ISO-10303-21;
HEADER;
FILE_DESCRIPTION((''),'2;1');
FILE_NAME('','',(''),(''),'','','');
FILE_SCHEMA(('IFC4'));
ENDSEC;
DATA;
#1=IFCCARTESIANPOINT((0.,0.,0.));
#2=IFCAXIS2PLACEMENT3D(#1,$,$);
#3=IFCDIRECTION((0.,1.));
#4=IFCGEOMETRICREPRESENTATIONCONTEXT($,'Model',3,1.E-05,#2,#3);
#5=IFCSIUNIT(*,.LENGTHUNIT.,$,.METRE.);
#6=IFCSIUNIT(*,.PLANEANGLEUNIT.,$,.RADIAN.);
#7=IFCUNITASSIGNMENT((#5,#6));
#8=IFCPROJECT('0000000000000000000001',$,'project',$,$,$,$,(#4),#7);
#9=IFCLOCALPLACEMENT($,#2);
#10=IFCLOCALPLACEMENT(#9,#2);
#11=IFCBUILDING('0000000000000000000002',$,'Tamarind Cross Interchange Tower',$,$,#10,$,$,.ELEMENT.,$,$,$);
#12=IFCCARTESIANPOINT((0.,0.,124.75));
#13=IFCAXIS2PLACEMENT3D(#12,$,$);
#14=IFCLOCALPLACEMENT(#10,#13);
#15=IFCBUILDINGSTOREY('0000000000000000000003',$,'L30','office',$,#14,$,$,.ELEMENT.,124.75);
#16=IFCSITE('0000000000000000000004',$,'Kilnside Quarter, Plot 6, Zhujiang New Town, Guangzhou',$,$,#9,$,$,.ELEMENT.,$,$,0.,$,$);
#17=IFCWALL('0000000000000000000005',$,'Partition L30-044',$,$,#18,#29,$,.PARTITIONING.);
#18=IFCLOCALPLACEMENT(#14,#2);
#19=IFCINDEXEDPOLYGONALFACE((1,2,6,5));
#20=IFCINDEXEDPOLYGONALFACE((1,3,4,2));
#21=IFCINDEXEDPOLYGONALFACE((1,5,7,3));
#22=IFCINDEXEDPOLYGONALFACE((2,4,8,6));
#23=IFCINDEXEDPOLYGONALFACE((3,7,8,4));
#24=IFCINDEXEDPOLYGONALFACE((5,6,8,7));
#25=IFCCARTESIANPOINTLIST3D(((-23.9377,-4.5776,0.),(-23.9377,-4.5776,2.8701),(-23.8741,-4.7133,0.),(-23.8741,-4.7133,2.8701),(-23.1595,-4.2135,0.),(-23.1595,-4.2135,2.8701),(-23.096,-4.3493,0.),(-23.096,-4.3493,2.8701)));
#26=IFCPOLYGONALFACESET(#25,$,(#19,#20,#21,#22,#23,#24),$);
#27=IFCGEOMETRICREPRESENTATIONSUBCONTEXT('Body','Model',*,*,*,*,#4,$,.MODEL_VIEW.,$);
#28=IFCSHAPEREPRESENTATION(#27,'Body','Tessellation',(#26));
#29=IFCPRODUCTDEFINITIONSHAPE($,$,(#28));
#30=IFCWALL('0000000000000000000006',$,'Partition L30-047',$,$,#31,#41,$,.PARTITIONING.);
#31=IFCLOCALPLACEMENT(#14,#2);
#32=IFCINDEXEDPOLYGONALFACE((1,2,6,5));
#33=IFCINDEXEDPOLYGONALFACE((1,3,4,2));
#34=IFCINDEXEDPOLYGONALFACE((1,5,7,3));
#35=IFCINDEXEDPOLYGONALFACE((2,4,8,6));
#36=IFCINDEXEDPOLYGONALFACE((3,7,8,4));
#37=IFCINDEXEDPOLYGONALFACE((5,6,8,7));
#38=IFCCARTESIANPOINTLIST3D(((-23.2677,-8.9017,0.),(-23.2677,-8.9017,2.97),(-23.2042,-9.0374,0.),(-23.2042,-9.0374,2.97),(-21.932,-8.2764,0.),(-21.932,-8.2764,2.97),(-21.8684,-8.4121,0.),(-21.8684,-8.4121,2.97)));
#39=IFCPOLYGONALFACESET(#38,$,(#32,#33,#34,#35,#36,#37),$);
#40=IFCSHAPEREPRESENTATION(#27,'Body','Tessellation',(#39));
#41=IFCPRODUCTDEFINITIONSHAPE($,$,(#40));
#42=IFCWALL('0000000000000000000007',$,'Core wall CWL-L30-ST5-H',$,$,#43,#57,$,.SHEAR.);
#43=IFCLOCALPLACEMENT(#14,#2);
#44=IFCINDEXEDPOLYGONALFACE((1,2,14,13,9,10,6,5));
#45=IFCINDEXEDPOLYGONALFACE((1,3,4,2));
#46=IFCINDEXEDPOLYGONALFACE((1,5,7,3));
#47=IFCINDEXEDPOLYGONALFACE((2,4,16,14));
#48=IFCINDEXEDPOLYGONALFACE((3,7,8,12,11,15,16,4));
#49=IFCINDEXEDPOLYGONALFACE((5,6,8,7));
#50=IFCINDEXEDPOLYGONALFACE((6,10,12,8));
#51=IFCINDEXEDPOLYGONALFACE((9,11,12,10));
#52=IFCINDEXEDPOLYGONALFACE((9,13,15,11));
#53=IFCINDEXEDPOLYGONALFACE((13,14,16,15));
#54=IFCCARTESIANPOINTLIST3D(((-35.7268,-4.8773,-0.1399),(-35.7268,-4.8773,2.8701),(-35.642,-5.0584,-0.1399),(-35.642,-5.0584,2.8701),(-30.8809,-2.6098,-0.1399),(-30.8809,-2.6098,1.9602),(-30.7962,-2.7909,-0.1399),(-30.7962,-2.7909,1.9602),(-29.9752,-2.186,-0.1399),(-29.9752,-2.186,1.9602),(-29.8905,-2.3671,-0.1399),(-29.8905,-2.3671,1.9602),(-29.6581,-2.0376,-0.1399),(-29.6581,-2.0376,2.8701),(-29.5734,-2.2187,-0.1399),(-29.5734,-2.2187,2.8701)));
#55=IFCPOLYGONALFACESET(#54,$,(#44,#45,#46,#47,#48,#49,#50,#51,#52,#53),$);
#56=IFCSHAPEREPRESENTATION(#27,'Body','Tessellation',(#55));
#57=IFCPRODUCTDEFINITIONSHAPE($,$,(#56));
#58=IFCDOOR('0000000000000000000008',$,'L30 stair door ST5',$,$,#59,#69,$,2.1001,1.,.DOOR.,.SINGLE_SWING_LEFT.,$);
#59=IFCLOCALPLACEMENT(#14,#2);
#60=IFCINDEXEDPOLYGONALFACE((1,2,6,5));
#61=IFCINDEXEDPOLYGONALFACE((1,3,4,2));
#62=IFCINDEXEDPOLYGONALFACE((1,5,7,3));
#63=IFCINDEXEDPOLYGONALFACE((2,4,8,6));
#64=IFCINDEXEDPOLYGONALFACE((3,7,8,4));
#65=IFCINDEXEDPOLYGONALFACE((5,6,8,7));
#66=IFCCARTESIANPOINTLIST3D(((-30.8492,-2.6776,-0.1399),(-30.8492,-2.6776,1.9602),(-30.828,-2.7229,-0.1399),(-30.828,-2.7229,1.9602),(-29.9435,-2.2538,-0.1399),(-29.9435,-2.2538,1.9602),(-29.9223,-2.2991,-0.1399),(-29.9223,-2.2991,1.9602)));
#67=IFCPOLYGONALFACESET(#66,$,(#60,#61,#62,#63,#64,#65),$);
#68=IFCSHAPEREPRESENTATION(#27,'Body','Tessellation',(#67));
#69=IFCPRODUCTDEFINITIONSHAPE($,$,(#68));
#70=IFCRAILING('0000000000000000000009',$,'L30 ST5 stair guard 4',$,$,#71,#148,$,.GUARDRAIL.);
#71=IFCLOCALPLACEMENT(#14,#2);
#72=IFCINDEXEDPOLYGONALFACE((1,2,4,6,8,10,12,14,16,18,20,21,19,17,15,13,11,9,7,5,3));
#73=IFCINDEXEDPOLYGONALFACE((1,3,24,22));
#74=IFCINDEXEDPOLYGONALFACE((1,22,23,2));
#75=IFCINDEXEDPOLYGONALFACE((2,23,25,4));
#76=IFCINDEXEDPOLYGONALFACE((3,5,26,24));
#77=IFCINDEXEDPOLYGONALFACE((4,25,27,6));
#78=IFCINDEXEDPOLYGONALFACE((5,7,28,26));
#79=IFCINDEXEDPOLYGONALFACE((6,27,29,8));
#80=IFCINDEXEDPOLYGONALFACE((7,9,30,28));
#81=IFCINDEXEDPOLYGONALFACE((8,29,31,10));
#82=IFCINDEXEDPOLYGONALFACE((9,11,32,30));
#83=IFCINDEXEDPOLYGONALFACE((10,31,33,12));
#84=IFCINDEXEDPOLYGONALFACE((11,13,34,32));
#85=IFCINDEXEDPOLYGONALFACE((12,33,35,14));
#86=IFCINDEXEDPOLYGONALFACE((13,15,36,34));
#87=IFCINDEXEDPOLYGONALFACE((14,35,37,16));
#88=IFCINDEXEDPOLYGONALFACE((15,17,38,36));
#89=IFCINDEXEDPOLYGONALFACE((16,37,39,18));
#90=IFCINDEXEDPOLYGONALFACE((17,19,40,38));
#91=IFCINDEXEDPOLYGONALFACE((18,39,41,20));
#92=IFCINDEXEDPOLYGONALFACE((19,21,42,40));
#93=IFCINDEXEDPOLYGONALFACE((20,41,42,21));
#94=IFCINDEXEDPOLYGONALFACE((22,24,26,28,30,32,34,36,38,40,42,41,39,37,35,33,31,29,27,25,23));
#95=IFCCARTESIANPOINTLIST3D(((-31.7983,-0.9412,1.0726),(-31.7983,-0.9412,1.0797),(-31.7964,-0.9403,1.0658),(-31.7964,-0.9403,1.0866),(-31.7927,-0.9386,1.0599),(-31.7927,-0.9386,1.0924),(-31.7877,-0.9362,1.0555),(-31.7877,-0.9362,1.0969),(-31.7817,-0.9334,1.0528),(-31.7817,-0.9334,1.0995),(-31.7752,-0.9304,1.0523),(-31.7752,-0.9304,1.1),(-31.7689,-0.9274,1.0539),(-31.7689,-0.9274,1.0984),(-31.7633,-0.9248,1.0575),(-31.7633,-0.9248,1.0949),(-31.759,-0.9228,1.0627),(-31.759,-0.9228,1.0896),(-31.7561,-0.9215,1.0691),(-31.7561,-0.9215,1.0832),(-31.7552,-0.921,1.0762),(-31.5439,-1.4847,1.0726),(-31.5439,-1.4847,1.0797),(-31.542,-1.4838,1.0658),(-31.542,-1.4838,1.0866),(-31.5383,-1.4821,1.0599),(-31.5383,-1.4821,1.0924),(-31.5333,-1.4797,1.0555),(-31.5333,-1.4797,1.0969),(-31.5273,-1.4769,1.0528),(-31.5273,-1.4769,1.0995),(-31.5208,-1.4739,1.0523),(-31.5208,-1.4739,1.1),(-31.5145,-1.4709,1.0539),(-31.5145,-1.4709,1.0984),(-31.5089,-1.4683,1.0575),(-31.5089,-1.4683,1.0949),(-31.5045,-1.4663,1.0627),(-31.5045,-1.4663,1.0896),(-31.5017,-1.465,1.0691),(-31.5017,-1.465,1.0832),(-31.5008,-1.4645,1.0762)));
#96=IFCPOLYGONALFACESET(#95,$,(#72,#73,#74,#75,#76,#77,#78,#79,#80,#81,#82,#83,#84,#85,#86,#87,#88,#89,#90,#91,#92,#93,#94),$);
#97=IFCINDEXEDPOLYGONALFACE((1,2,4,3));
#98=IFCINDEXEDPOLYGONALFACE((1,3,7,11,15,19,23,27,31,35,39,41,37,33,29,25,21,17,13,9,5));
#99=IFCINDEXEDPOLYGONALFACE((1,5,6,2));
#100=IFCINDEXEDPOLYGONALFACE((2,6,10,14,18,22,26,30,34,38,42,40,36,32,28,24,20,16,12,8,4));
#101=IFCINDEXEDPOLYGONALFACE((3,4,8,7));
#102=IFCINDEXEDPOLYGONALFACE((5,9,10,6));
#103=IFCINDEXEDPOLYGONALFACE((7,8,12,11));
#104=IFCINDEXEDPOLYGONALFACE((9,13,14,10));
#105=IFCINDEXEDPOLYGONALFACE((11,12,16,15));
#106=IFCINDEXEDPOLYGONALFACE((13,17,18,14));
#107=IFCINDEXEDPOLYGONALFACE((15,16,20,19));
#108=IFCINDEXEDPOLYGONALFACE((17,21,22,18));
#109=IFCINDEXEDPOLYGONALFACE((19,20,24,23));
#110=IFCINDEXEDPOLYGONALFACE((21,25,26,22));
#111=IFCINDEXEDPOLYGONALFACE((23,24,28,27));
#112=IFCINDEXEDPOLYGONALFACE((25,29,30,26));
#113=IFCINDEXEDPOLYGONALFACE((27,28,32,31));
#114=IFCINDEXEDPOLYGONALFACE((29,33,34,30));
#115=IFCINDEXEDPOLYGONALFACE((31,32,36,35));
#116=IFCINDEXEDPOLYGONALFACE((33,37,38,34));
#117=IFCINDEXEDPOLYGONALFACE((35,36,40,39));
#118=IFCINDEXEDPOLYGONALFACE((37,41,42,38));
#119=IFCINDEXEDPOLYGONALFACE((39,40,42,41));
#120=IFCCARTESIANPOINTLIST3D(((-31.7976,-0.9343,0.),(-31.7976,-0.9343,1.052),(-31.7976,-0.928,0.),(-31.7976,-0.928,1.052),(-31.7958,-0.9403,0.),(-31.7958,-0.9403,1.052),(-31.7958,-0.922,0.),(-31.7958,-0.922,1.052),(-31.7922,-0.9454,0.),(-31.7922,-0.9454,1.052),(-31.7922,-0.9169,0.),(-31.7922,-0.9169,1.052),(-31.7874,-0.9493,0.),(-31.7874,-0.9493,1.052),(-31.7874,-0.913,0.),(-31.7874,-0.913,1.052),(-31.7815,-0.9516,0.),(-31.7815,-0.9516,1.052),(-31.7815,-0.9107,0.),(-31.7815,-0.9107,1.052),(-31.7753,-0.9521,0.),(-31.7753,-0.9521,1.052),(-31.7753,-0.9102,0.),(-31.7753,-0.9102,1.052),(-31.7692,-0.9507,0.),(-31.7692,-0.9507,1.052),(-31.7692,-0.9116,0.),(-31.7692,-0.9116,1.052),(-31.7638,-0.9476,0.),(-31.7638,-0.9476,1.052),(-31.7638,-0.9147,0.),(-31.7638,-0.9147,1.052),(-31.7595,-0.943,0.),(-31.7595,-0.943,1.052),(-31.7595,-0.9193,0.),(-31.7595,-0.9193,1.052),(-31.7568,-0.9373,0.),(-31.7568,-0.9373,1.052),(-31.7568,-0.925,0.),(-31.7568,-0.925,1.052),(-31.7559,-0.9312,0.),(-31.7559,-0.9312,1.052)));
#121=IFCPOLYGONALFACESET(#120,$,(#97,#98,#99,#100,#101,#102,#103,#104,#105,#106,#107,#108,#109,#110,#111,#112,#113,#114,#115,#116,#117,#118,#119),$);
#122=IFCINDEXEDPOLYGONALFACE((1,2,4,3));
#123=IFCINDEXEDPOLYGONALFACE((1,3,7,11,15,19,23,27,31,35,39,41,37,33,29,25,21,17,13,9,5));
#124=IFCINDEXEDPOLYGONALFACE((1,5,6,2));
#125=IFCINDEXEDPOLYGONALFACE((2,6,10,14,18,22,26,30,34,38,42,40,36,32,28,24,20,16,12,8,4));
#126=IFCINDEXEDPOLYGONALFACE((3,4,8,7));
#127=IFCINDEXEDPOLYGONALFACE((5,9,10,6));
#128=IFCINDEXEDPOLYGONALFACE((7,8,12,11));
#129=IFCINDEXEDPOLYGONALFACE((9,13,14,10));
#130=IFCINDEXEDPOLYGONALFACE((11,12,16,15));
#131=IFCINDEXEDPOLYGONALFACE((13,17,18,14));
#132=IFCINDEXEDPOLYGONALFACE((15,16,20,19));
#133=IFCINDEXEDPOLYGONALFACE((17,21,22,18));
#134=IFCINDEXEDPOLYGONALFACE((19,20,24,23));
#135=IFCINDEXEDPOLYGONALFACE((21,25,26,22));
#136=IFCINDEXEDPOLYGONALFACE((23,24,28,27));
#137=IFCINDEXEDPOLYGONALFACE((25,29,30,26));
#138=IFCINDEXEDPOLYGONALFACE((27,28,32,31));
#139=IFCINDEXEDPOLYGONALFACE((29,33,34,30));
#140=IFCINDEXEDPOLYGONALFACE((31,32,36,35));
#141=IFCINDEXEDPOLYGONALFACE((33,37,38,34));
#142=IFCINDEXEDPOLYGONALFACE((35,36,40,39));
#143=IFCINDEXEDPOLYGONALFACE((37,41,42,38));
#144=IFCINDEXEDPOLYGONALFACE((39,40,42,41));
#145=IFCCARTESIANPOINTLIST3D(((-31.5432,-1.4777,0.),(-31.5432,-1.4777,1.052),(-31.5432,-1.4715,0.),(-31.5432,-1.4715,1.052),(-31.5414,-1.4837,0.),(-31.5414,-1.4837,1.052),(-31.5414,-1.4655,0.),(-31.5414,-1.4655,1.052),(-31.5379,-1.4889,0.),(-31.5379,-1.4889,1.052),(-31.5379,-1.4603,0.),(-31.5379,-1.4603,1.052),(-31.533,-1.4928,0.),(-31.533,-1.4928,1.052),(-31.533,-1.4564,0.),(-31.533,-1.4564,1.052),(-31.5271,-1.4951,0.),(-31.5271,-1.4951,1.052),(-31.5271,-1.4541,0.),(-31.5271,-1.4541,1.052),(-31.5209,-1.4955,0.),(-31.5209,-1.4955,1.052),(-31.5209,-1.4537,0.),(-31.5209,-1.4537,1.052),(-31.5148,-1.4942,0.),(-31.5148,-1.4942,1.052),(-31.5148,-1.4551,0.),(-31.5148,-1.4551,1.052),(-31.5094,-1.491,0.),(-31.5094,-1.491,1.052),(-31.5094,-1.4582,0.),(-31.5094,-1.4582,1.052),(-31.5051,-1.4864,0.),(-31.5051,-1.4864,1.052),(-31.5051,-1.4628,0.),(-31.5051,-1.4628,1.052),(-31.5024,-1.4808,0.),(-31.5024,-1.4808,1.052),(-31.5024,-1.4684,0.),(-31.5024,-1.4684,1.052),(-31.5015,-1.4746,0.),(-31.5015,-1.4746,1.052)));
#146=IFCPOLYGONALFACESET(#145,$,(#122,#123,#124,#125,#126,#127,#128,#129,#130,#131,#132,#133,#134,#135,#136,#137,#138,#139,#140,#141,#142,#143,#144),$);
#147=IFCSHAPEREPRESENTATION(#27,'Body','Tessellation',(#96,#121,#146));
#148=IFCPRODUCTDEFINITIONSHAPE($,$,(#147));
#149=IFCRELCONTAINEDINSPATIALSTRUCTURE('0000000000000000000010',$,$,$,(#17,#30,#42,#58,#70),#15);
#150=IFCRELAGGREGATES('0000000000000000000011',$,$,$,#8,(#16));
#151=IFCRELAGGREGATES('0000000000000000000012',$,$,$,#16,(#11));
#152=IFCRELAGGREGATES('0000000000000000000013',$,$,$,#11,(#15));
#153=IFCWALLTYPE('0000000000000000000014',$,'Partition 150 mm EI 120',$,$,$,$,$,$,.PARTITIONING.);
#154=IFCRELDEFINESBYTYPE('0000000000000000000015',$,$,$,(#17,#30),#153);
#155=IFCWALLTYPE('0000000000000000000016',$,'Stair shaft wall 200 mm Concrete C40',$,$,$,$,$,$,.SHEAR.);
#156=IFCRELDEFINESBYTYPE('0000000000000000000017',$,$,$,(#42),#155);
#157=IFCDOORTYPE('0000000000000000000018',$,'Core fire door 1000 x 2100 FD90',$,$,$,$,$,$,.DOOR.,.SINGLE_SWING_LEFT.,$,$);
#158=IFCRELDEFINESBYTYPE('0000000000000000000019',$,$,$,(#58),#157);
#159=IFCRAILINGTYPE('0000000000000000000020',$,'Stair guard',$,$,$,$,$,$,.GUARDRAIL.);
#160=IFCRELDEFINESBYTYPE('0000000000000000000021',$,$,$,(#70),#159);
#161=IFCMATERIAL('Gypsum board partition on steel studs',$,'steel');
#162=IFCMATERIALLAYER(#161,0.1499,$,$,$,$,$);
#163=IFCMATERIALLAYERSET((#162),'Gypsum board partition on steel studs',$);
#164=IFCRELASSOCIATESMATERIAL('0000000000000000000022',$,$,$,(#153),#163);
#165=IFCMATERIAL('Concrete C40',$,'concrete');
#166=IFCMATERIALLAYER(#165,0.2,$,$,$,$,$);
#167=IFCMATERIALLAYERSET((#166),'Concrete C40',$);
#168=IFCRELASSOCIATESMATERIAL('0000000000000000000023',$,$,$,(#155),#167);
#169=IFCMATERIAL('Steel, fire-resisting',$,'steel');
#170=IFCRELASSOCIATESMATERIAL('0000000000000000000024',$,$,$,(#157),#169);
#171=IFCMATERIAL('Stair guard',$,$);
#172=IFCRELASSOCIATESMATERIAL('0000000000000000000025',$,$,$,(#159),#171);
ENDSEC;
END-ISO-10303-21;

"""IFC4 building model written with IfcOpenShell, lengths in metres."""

from ifc_helpers import new_model, si_unit, direction, frame, frame_2d, origin, origin_2d, place, context, subcontext, project, spatial, rectangle, circle, extrude, material, layer, layer_set, type_object, element, fill, save


model = new_model("IFC4")

# Units and contexts
model_context = context("Model", 3, precision=1e-05, world=origin(), true_north=direction((0.0, 1.0)))
body_context = subcontext(model_context, "Body", "Model", "MODEL_VIEW")
ifc_project = project(units=[si_unit("LENGTHUNIT", "METRE"), si_unit("PLANEANGLEUNIT", "RADIAN")], contexts=[model_context])

# Site, building, storey
site_placement = place(None, origin())
site = spatial("IfcSite", under=ifc_project, at=site_placement, Name="Kilnside Quarter, Plot 6, Zhujiang New Town, Guangzhou", CompositionType="ELEMENT", RefElevation=0.0)
building_placement = place(site_placement, origin())
building = spatial("IfcBuilding", under=site, at=building_placement, Name="Tamarind Cross Interchange Tower", CompositionType="ELEMENT")
storey_placement = place(building_placement, frame((0.0, 0.0, 124.75)))
storey = spatial("IfcBuildingStorey", under=building, at=storey_placement, Name="L30", Description="office", CompositionType="ELEMENT", Elevation=124.75)

# Shared definitions
ifc_material_1 = material(Name="Gypsum board partition on steel studs", Category="steel")

# Shared definitions
ifc_layer_1 = layer(ifc_material_1, 0.1499)
ifc_layer_set_1 = layer_set([ifc_layer_1], Name="Gypsum board partition on steel studs")
wall_type_1 = type_object("IfcWallType", Name="Partition 150 mm EI 120", PredefinedType="PARTITIONING", material=ifc_layer_set_1)

# Walls
wall_1_placement = place(storey_placement, frame((-23.906, -4.6455, 0.0), z_axis=(0.0, 0.0, 1.0), x_axis=(0.905776, 0.423757, 0.0)))
element("IfcWall", 1, at=wall_1_placement, inside=storey, type_object=wall_type_1, Name="Partition L30-044", PredefinedType="PARTITIONING", context=body_context, shape_type="SweptSolid", body=[
    extrude(rectangle(XDim=0.8591, YDim=0.1499, at=frame_2d((0.4297, 0.0))), origin(), (0.0, 0.0, 1.0), 2.8701),
])
wall_2_placement = place(storey_placement, frame((-23.2358, -8.9695, 0.0), z_axis=(0.0, 0.0, 1.0), x_axis=(0.905683, 0.423955, 0.0)))
element("IfcWall", 2, at=wall_2_placement, inside=storey, type_object=wall_type_1, Name="Partition L30-047", PredefinedType="PARTITIONING", context=body_context, shape_type="SweptSolid", body=[
    extrude(rectangle(XDim=1.4749, YDim=0.1499, at=frame_2d((0.7373, 0.0))), origin(), (0.0, 0.0, 1.0), 2.97),
])

# Wall, opening, door
ifc_material_2 = material(Name="Concrete C40", Category="concrete")
ifc_layer_2 = layer(ifc_material_2, 0.2)
ifc_layer_set_2 = layer_set([ifc_layer_2], Name="Concrete C40")
wall_type_2 = type_object("IfcWallType", Name="Stair shaft wall 200 mm Concrete C40", PredefinedType="SHEAR", material=ifc_layer_set_2)
wall_3_placement = place(storey_placement, frame((-29.6157, -2.1282, -0.1399), z_axis=(0.0, 0.0, 1.0), x_axis=(-0.905749, -0.423815, 0.0)))
wall_3 = element("IfcWall", 3, at=wall_3_placement, inside=storey, type_object=wall_type_2, Name="Core wall CWL-L30-ST5-H", PredefinedType="SHEAR", context=body_context, shape_type="SweptSolid", body=[
    extrude(rectangle(XDim=6.7002, YDim=0.2, at=frame_2d((3.3501, 0.0))), origin(), (0.0, 0.0, 1.0), 3.01),
])
opening_1_placement = place(wall_3_placement, frame((0.3501, 0.0, 0.0)))
opening_1 = element("IfcOpeningElement", 4, at=opening_1_placement, cuts=wall_3, PredefinedType="OPENING", context=body_context, shape_type="SweptSolid", body=[
    extrude(rectangle(XDim=1.0, YDim=2.1001, at=frame_2d((0.5, 1.05))), frame((0.0, 0.1099, 0.0), z_axis=(0.0, -1.0, 0.0), x_axis=(1.0, 0.0, 0.0)), (0.0, 0.0, 1.0), 0.22),
])
ifc_material_3 = material(Name="Steel, fire-resisting", Category="steel")
door_type_1 = type_object("IfcDoorType", Name="Core fire door 1000 x 2100 FD90", OperationType="SINGLE_SWING_LEFT", PredefinedType="DOOR", material=ifc_material_3)
door_1_placement = place(opening_1_placement, origin())
door_1 = element("IfcDoor", 5, at=door_1_placement, inside=storey, type_object=door_type_1, Name="L30 stair door ST5", OperationType="SINGLE_SWING_LEFT", OverallHeight=2.1001, OverallWidth=1.0, PredefinedType="DOOR", context=body_context, shape_type="SweptSolid", body=[
    extrude(rectangle(XDim=1.0, YDim=2.1001, at=frame_2d((0.5, 1.05))), frame((0.0, 0.0249, 0.0), z_axis=(0.0, -1.0, 0.0), x_axis=(1.0, 0.0, 0.0)), (0.0, 0.0, 1.0), 0.05),
])
fill(opening_1, door_1)

# Railing
ifc_material_4 = material(Name="Stair guard")
railing_type = type_object("IfcRailingType", Name="Stair guard", PredefinedType="GUARDRAIL", material=ifc_material_4)
railing_placement = place(storey_placement, frame((-31.7769, -0.9312, 0.0)))
element("IfcRailing", 6, at=railing_placement, inside=storey, type_object=railing_type, Name="L30 ST5 stair guard 4", PredefinedType="GUARDRAIL", context=body_context, shape_type="SweptSolid", body=[
    extrude(circle(Radius=0.0239, at=origin_2d()), frame((0.0, 0.0, 1.0762), z_axis=(0.423954, -0.905684, 0.0), x_axis=(0.905684, 0.423954, 0.0)), (0.0, 0.0, 1.0), 0.6001),
    extrude(circle(Radius=0.021, at=origin_2d()), origin(), (0.0, 0.0, 1.0), 1.052),
    extrude(circle(Radius=0.021, at=origin_2d()), frame((0.2544, -0.5435, 0.0)), (0.0, 0.0, 1.0), 1.052),
])

save(model, "model.ifc")
